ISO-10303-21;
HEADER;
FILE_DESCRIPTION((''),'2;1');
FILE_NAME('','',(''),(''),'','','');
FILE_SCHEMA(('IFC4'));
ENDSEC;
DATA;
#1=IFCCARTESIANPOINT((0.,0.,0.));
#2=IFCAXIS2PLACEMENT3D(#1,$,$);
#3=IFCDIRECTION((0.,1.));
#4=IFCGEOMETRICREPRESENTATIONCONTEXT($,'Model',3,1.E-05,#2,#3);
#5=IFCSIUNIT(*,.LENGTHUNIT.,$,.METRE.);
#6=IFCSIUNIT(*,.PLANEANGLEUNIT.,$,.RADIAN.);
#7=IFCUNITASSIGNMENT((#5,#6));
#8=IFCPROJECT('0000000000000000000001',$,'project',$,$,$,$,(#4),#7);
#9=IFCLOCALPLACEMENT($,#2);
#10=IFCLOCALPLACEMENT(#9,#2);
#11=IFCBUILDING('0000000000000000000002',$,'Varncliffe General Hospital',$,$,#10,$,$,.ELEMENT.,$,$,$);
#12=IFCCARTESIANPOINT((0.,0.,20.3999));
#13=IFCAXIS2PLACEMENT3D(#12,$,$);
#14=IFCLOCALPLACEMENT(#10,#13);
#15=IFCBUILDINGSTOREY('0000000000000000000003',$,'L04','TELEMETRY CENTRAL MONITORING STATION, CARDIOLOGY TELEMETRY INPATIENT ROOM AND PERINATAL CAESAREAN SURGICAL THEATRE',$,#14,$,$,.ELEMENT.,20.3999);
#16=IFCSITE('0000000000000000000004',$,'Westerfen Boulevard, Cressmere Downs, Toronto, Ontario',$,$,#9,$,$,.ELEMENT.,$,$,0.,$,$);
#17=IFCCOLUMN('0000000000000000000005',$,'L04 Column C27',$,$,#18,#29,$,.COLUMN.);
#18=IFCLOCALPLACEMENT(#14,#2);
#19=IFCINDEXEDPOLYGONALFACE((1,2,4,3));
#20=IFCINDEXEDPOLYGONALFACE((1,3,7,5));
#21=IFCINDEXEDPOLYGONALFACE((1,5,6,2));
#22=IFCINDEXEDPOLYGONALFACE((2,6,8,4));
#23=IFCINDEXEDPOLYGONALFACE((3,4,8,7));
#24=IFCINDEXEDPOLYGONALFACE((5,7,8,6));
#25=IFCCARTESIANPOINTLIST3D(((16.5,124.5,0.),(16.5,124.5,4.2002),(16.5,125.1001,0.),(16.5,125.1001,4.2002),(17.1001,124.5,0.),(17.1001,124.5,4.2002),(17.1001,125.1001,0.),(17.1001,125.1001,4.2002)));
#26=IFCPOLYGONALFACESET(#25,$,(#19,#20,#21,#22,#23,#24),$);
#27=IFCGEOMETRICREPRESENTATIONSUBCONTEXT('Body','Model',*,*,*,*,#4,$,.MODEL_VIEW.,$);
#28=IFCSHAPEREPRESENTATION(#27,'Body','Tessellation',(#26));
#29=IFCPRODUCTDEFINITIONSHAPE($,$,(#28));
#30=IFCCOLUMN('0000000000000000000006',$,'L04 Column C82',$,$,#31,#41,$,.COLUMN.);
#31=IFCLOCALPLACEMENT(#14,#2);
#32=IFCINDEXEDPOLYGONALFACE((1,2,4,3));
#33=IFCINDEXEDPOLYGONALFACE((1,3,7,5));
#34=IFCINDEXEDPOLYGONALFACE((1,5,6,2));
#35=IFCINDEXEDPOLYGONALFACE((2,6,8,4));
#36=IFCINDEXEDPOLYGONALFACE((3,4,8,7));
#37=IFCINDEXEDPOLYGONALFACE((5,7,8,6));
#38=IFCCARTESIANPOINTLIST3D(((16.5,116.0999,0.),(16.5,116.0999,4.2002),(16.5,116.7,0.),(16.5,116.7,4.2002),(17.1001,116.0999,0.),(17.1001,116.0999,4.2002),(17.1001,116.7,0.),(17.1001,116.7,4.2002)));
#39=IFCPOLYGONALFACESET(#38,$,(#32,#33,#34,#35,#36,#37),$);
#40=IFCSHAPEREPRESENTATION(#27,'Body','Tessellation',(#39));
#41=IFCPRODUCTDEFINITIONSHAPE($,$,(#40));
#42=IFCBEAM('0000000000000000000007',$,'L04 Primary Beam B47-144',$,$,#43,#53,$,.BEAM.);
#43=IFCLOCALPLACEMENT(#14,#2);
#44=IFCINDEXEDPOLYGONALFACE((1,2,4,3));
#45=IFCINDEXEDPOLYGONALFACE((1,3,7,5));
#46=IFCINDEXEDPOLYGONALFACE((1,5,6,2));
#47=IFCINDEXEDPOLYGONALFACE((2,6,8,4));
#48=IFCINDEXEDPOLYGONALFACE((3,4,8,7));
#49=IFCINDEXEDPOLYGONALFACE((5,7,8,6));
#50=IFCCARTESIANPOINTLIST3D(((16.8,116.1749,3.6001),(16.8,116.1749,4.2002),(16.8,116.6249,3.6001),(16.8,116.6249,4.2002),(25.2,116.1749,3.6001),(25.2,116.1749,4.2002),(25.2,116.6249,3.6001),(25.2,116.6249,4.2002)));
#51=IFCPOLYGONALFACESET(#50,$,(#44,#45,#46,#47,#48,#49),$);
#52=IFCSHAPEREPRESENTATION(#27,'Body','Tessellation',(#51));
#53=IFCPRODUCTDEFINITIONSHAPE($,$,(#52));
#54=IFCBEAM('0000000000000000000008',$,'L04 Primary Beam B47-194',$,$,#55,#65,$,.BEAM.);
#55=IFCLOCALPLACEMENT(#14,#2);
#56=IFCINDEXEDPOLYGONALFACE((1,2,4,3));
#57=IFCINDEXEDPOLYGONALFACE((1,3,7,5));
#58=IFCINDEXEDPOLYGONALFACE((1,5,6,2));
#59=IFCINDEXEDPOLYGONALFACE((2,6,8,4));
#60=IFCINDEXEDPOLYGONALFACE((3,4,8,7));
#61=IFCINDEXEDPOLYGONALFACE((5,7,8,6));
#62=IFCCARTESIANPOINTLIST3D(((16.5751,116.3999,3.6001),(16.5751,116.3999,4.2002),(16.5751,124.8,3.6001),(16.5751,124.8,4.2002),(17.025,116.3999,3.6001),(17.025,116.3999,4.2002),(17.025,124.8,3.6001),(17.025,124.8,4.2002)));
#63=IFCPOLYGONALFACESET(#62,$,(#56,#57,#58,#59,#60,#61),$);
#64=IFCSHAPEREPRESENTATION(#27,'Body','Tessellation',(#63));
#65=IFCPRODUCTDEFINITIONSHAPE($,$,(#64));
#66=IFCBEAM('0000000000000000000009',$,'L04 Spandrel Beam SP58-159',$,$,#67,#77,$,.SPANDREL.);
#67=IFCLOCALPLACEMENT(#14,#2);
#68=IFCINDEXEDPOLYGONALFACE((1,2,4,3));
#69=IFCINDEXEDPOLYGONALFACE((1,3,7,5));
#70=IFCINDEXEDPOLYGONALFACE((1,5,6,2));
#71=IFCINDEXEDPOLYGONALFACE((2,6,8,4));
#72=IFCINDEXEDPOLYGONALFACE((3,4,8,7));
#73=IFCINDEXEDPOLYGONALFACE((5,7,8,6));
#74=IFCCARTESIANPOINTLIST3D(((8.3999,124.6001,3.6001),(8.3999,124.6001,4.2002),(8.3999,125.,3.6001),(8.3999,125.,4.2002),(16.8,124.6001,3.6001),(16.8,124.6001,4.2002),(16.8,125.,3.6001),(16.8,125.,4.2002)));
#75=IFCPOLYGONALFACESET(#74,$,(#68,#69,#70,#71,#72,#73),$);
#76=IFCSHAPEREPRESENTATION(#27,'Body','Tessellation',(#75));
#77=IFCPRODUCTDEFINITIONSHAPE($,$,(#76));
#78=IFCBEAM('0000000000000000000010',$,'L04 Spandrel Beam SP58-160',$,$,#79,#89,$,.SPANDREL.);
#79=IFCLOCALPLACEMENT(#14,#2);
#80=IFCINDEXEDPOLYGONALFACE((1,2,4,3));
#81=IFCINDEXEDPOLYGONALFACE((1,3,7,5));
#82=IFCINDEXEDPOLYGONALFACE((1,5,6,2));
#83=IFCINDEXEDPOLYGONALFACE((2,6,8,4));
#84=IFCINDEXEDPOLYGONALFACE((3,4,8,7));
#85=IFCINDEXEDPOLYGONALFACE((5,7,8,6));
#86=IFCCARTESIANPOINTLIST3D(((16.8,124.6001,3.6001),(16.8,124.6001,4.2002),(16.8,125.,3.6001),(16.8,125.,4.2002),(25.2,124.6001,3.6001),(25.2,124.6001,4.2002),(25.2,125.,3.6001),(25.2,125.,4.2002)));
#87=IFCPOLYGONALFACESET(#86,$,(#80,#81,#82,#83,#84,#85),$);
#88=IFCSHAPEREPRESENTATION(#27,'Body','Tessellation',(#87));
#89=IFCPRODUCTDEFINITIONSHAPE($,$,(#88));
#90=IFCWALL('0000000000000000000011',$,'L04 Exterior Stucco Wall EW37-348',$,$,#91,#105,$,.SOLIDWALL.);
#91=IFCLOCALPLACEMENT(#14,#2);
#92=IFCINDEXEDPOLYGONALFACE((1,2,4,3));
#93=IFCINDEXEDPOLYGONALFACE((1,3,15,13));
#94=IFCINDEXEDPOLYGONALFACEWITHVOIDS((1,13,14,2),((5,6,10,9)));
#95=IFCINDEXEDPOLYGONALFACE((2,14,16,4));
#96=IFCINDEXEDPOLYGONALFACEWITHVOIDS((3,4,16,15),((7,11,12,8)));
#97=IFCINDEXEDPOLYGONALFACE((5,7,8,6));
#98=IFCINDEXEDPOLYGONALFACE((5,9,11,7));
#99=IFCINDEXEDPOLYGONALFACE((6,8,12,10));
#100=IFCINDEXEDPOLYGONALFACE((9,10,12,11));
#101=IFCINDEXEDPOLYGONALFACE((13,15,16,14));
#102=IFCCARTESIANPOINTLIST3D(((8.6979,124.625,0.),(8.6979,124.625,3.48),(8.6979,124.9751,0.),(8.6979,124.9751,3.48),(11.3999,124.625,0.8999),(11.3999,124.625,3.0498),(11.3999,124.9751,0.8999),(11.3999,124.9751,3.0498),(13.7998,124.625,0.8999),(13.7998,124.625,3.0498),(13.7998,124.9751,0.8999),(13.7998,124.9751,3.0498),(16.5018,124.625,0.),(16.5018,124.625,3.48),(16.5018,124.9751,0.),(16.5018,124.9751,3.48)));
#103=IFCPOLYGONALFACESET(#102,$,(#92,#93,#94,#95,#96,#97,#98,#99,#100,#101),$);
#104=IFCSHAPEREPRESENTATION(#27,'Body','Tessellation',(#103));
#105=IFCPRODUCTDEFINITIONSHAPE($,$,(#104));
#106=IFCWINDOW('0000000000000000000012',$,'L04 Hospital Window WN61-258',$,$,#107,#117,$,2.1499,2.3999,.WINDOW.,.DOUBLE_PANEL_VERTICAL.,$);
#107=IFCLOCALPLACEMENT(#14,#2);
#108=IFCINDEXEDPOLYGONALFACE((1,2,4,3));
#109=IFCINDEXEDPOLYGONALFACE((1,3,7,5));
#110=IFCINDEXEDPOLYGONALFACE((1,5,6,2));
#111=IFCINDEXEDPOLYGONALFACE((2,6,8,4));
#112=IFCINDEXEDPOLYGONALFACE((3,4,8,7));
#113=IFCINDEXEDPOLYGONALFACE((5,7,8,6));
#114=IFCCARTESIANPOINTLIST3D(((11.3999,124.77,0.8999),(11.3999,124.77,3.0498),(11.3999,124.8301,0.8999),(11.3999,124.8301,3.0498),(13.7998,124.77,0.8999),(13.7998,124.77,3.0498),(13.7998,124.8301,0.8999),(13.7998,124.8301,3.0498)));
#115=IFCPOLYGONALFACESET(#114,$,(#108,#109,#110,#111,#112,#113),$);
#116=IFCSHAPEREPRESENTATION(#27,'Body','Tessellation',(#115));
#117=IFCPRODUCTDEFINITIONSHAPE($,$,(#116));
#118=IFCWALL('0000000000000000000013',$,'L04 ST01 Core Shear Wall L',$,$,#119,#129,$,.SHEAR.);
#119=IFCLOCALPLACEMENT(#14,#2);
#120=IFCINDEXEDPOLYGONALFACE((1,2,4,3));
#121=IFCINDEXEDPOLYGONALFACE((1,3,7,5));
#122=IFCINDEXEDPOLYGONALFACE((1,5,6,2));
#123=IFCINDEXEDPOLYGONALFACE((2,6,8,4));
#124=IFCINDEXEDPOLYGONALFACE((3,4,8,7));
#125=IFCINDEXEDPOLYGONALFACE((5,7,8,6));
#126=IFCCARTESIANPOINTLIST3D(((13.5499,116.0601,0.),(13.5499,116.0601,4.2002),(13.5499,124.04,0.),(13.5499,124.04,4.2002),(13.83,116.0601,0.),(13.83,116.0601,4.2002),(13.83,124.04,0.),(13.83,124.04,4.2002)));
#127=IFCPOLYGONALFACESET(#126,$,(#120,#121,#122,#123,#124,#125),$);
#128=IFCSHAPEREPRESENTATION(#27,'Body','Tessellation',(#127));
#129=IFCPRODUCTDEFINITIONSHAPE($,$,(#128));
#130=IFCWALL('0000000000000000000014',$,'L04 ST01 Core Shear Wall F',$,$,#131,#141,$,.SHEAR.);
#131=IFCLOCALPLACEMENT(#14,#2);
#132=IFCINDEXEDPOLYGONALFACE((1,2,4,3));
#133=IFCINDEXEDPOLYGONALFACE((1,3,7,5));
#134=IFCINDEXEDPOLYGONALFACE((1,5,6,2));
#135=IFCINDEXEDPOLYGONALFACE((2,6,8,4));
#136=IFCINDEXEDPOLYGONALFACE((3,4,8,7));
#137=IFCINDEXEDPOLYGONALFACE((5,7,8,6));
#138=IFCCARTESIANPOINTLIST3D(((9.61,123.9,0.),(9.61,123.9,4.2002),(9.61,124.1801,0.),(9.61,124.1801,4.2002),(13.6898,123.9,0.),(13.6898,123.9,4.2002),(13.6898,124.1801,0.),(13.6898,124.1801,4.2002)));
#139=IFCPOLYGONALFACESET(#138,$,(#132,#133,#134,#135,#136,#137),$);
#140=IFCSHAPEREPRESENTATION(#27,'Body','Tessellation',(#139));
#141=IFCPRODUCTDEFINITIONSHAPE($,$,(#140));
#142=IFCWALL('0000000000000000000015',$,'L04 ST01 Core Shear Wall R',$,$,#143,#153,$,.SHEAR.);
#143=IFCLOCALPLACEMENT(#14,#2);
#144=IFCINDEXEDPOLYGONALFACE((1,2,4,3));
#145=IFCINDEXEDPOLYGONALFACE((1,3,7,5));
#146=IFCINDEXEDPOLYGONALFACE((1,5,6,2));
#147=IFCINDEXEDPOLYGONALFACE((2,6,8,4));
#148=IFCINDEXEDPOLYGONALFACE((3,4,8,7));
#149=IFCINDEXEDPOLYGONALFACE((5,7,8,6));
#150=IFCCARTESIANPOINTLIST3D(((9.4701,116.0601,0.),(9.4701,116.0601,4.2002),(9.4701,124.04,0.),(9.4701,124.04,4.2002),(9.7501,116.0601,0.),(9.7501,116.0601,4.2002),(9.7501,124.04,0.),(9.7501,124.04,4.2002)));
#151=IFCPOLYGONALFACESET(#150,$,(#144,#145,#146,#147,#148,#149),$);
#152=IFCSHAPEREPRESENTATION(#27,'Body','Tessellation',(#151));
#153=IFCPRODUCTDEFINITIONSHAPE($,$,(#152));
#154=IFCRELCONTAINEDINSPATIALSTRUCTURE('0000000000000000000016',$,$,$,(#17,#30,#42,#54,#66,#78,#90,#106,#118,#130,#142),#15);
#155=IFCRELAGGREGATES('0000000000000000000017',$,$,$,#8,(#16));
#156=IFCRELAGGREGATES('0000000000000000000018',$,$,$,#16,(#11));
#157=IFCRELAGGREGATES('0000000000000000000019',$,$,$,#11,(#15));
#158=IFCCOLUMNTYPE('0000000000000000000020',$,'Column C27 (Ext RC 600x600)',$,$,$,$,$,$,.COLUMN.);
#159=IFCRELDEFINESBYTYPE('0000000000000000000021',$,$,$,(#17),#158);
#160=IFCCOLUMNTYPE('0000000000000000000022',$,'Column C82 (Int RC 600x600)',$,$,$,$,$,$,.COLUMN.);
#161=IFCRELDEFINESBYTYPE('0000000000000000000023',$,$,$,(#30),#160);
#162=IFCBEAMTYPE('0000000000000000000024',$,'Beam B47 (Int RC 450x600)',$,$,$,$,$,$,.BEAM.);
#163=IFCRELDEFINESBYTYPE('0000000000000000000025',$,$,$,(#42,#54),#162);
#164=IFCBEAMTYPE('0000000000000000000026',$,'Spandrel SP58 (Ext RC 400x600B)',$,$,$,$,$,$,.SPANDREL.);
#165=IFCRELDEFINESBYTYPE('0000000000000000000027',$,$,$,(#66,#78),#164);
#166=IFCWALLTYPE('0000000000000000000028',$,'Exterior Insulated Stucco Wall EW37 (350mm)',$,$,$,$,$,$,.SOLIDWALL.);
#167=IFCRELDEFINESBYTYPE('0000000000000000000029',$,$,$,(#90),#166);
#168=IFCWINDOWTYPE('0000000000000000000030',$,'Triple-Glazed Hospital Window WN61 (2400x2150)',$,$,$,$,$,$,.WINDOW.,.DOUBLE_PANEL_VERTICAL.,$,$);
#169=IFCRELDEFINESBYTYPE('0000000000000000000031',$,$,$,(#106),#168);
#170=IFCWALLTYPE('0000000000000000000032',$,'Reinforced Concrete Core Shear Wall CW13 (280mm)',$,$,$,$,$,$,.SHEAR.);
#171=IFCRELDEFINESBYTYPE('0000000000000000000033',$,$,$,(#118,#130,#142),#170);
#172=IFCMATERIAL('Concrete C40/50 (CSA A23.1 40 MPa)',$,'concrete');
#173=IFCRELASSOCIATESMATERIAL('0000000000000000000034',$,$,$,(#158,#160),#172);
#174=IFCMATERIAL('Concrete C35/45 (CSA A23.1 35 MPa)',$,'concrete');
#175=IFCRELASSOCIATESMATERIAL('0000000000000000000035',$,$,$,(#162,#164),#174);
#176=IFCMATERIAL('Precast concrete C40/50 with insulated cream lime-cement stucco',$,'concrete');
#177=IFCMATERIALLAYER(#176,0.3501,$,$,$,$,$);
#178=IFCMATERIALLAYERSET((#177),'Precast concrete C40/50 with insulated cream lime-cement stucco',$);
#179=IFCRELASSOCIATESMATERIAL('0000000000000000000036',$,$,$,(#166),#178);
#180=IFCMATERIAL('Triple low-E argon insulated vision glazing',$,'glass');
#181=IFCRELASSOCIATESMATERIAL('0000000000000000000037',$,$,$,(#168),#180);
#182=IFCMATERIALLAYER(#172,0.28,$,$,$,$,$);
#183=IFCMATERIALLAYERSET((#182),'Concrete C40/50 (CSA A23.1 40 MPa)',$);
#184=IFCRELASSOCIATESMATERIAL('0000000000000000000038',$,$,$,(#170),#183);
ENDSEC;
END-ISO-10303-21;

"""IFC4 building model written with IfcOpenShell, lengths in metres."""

from ifc_helpers import new_model, si_unit, direction, frame, frame_2d, origin, origin_2d, place, context, subcontext, project, spatial, rectangle, extrude, material, layer, layer_set, material_profile, profile_set, type_object, element, fill, save


model = new_model("IFC4")

# Units and contexts
model_context = context("Model", 3, precision=1e-05, world=origin(), true_north=direction((0.0, 1.0)))
body_context = subcontext(model_context, "Body", "Model", "MODEL_VIEW")
ifc_project = project(units=[si_unit("LENGTHUNIT", "METRE"), si_unit("PLANEANGLEUNIT", "RADIAN")], contexts=[model_context])

# Site, building, storey
site_placement = place(None, origin())
site = spatial("IfcSite", under=ifc_project, at=site_placement, Name="Westerfen Boulevard, Cressmere Downs, Toronto, Ontario", CompositionType="ELEMENT", RefElevation=0.0)
building_placement = place(site_placement, origin())
building = spatial("IfcBuilding", under=site, at=building_placement, Name="Varncliffe General Hospital", CompositionType="ELEMENT")
storey_placement = place(building_placement, frame((0.0, 0.0, 20.3999)))
storey = spatial("IfcBuildingStorey", under=building, at=storey_placement, Name="L04", Description="TELEMETRY CENTRAL MONITORING STATION, CARDIOLOGY TELEMETRY INPATIENT ROOM AND PERINATAL CAESAREAN SURGICAL THEATRE", CompositionType="ELEMENT", Elevation=20.3999)

# Columns
ifc_material_1 = material(Name="Concrete C40/50 (CSA A23.1 40 MPa)", Category="concrete")
ifc_material_profile_1 = material_profile(ifc_material_1, rectangle(XDim=0.6001, YDim=0.6001, at=origin_2d()), Name="RC 600x600")
ifc_profile_set_1 = profile_set([ifc_material_profile_1], Name="Concrete C40/50 (CSA A23.1 40 MPa)")
column_type_1 = type_object("IfcColumnType", Name="Column C27 (Ext RC 600x600)", PredefinedType="COLUMN", material=ifc_profile_set_1)
column_1_placement = place(storey_placement, frame((16.8, 124.8, 0.0), z_axis=(0.0, 0.0, 1.0), x_axis=(1.0, 0.0, 0.0)))
element("IfcColumn", 1, at=column_1_placement, inside=storey, type_object=column_type_1, Name="L04 Column C27", PredefinedType="COLUMN", context=body_context, shape_type="SweptSolid", body=[
    extrude(rectangle(XDim=0.6001, YDim=0.6001, at=origin_2d()), origin(), (0.0, 0.0, 1.0), 4.2002),
])
ifc_material_profile_2 = material_profile(ifc_material_1, rectangle(XDim=0.6001, YDim=0.6001, at=origin_2d()), Name="RC 600x600")
ifc_profile_set_2 = profile_set([ifc_material_profile_2], Name="Concrete C40/50 (CSA A23.1 40 MPa)")
column_type_2 = type_object("IfcColumnType", Name="Column C82 (Int RC 600x600)", PredefinedType="COLUMN", material=ifc_profile_set_2)
column_2_placement = place(storey_placement, frame((16.8, 116.3999, 0.0), z_axis=(0.0, 0.0, 1.0), x_axis=(1.0, 0.0, 0.0)))
element("IfcColumn", 2, at=column_2_placement, inside=storey, type_object=column_type_2, Name="L04 Column C82", PredefinedType="COLUMN", context=body_context, shape_type="SweptSolid", body=[
    extrude(rectangle(XDim=0.6001, YDim=0.6001, at=origin_2d()), origin(), (0.0, 0.0, 1.0), 4.2002),
])

# Beams
ifc_material_2 = material(Name="Concrete C35/45 (CSA A23.1 35 MPa)", Category="concrete")
ifc_material_profile_3 = material_profile(ifc_material_2, rectangle(XDim=0.45, YDim=0.6001, at=origin_2d()), Name="RC 450x600")
ifc_profile_set_3 = profile_set([ifc_material_profile_3], Name="Concrete C35/45 (CSA A23.1 35 MPa)")
beam_type_1 = type_object("IfcBeamType", Name="Beam B47 (Int RC 450x600)", PredefinedType="BEAM", material=ifc_profile_set_3)
beam_1_placement = place(storey_placement, frame((16.8, 116.3999, 3.9001), z_axis=(1.0, 0.0, 0.0), x_axis=(0.0, 1.0, 0.0)))
element("IfcBeam", 3, at=beam_1_placement, inside=storey, type_object=beam_type_1, Name="L04 Primary Beam B47-144", PredefinedType="BEAM", context=body_context, shape_type="SweptSolid", body=[
    extrude(rectangle(XDim=0.45, YDim=0.6001, at=origin_2d()), origin(), (0.0, 0.0, 1.0), 8.3999),
])
beam_2_placement = place(storey_placement, frame((16.8, 116.3999, 3.9001), z_axis=(0.0, 1.0, 0.0), x_axis=(-1.0, 0.0, 0.0)))
element("IfcBeam", 4, at=beam_2_placement, inside=storey, type_object=beam_type_1, Name="L04 Primary Beam B47-194", PredefinedType="BEAM", context=body_context, shape_type="SweptSolid", body=[
    extrude(rectangle(XDim=0.45, YDim=0.6001, at=origin_2d()), origin(), (0.0, 0.0, 1.0), 8.4001),
])
ifc_material_profile_4 = material_profile(ifc_material_2, rectangle(XDim=0.3999, YDim=0.6001, at=origin_2d()), Name="RC 400x600")
ifc_profile_set_4 = profile_set([ifc_material_profile_4], Name="Concrete C35/45 (CSA A23.1 35 MPa)")
beam_type_2 = type_object("IfcBeamType", Name="Spandrel SP58 (Ext RC 400x600B)", PredefinedType="SPANDREL", material=ifc_profile_set_4)
beam_3_placement = place(storey_placement, frame((8.3999, 124.8, 3.9001), z_axis=(1.0, 0.0, 0.0), x_axis=(0.0, 1.0, 0.0)))
element("IfcBeam", 5, at=beam_3_placement, inside=storey, type_object=beam_type_2, Name="L04 Spandrel Beam SP58-159", PredefinedType="SPANDREL", context=body_context, shape_type="SweptSolid", body=[
    extrude(rectangle(XDim=0.3999, YDim=0.6001, at=origin_2d()), origin(), (0.0, 0.0, 1.0), 8.4001),
])
beam_4_placement = place(storey_placement, frame((16.8, 124.8, 3.9001), z_axis=(1.0, 0.0, 0.0), x_axis=(0.0, 1.0, 0.0)))
element("IfcBeam", 6, at=beam_4_placement, inside=storey, type_object=beam_type_2, Name="L04 Spandrel Beam SP58-160", PredefinedType="SPANDREL", context=body_context, shape_type="SweptSolid", body=[
    extrude(rectangle(XDim=0.3999, YDim=0.6001, at=origin_2d()), origin(), (0.0, 0.0, 1.0), 8.3999),
])

# Wall, opening, window
ifc_material_3 = material(Name="Precast concrete C40/50 with insulated cream lime-cement stucco", Category="concrete")
ifc_layer_1 = layer(ifc_material_3, 0.3501)
ifc_layer_set_1 = layer_set([ifc_layer_1], Name="Precast concrete C40/50 with insulated cream lime-cement stucco")
wall_type_1 = type_object("IfcWallType", Name="Exterior Insulated Stucco Wall EW37 (350mm)", PredefinedType="SOLIDWALL", material=ifc_layer_set_1)
wall_1_placement = place(storey_placement, frame((8.698, 124.8, 0.0), z_axis=(0.0, 0.0, 1.0), x_axis=(1.0, 0.0, 0.0)))
wall_1 = element("IfcWall", 7, at=wall_1_placement, inside=storey, type_object=wall_type_1, Name="L04 Exterior Stucco Wall EW37-348", PredefinedType="SOLIDWALL", context=body_context, shape_type="SweptSolid", body=[
    extrude(rectangle(XDim=7.804, YDim=0.3501, at=frame_2d((3.9019, 0.0))), origin(), (0.0, 0.0, 1.0), 3.48),
])
opening_1_placement = place(wall_1_placement, frame((2.7019, 0.0, 0.8999)))
opening_1 = element("IfcOpeningElement", 8, at=opening_1_placement, cuts=wall_1, PredefinedType="OPENING", context=body_context, shape_type="SweptSolid", body=[
    extrude(rectangle(XDim=2.3999, YDim=2.1499, at=frame_2d((1.2, 1.075))), frame((0.0, 0.1851, 0.0), z_axis=(0.0, -1.0, 0.0), x_axis=(1.0, 0.0, 0.0)), (0.0, 0.0, 1.0), 0.3701),
])
ifc_material_4 = material(Name="Triple low-E argon insulated vision glazing", Category="glass")
window_type = type_object("IfcWindowType", Name="Triple-Glazed Hospital Window WN61 (2400x2150)", PartitioningType="DOUBLE_PANEL_VERTICAL", PredefinedType="WINDOW", material=ifc_material_4)
window_placement = place(opening_1_placement, origin())
window = element("IfcWindow", 9, at=window_placement, inside=storey, type_object=window_type, Name="L04 Hospital Window WN61-258", OverallHeight=2.1499, OverallWidth=2.3999, PartitioningType="DOUBLE_PANEL_VERTICAL", PredefinedType="WINDOW", context=body_context, shape_type="SweptSolid", body=[
    extrude(rectangle(XDim=2.3999, YDim=2.1499, at=frame_2d((1.2, 1.075))), frame((0.0, 0.03, 0.0), z_axis=(0.0, -1.0, 0.0), x_axis=(1.0, 0.0, 0.0)), (0.0, 0.0, 1.0), 0.0601),
])
fill(opening_1, window)

# Walls
ifc_layer_2 = layer(ifc_material_1, 0.28)
ifc_layer_set_2 = layer_set([ifc_layer_2], Name="Concrete C40/50 (CSA A23.1 40 MPa)")
wall_type_2 = type_object("IfcWallType", Name="Reinforced Concrete Core Shear Wall CW13 (280mm)", PredefinedType="SHEAR", material=ifc_layer_set_2)
wall_2_placement = place(storey_placement, frame((13.6899, 116.0601, 0.0), z_axis=(0.0, 0.0, 1.0), x_axis=(0.0, 1.0, 0.0)))
element("IfcWall", 10, at=wall_2_placement, inside=storey, type_object=wall_type_2, Name="L04 ST01 Core Shear Wall L", PredefinedType="SHEAR", context=body_context, shape_type="SweptSolid", body=[
    extrude(rectangle(XDim=7.98, YDim=0.28, at=frame_2d((3.99, 0.0))), origin(), (0.0, 0.0, 1.0), 4.2002),
])
wall_3_placement = place(storey_placement, frame((13.6899, 124.04, 0.0), z_axis=(0.0, 0.0, 1.0), x_axis=(-1.0, 0.0, 0.0)))
element("IfcWall", 11, at=wall_3_placement, inside=storey, type_object=wall_type_2, Name="L04 ST01 Core Shear Wall F", PredefinedType="SHEAR", context=body_context, shape_type="SweptSolid", body=[
    extrude(rectangle(XDim=4.0798, YDim=0.28, at=frame_2d((2.04, 0.0))), origin(), (0.0, 0.0, 1.0), 4.2002),
])
wall_4_placement = place(storey_placement, frame((9.6101, 124.04, 0.0), z_axis=(0.0, 0.0, 1.0), x_axis=(0.0, -1.0, 0.0)))
element("IfcWall", 12, at=wall_4_placement, inside=storey, type_object=wall_type_2, Name="L04 ST01 Core Shear Wall R", PredefinedType="SHEAR", context=body_context, shape_type="SweptSolid", body=[
    extrude(rectangle(XDim=7.98, YDim=0.28, at=frame_2d((3.99, 0.0))), origin(), (0.0, 0.0, 1.0), 4.2002),
])

save(model, "model.ifc")
